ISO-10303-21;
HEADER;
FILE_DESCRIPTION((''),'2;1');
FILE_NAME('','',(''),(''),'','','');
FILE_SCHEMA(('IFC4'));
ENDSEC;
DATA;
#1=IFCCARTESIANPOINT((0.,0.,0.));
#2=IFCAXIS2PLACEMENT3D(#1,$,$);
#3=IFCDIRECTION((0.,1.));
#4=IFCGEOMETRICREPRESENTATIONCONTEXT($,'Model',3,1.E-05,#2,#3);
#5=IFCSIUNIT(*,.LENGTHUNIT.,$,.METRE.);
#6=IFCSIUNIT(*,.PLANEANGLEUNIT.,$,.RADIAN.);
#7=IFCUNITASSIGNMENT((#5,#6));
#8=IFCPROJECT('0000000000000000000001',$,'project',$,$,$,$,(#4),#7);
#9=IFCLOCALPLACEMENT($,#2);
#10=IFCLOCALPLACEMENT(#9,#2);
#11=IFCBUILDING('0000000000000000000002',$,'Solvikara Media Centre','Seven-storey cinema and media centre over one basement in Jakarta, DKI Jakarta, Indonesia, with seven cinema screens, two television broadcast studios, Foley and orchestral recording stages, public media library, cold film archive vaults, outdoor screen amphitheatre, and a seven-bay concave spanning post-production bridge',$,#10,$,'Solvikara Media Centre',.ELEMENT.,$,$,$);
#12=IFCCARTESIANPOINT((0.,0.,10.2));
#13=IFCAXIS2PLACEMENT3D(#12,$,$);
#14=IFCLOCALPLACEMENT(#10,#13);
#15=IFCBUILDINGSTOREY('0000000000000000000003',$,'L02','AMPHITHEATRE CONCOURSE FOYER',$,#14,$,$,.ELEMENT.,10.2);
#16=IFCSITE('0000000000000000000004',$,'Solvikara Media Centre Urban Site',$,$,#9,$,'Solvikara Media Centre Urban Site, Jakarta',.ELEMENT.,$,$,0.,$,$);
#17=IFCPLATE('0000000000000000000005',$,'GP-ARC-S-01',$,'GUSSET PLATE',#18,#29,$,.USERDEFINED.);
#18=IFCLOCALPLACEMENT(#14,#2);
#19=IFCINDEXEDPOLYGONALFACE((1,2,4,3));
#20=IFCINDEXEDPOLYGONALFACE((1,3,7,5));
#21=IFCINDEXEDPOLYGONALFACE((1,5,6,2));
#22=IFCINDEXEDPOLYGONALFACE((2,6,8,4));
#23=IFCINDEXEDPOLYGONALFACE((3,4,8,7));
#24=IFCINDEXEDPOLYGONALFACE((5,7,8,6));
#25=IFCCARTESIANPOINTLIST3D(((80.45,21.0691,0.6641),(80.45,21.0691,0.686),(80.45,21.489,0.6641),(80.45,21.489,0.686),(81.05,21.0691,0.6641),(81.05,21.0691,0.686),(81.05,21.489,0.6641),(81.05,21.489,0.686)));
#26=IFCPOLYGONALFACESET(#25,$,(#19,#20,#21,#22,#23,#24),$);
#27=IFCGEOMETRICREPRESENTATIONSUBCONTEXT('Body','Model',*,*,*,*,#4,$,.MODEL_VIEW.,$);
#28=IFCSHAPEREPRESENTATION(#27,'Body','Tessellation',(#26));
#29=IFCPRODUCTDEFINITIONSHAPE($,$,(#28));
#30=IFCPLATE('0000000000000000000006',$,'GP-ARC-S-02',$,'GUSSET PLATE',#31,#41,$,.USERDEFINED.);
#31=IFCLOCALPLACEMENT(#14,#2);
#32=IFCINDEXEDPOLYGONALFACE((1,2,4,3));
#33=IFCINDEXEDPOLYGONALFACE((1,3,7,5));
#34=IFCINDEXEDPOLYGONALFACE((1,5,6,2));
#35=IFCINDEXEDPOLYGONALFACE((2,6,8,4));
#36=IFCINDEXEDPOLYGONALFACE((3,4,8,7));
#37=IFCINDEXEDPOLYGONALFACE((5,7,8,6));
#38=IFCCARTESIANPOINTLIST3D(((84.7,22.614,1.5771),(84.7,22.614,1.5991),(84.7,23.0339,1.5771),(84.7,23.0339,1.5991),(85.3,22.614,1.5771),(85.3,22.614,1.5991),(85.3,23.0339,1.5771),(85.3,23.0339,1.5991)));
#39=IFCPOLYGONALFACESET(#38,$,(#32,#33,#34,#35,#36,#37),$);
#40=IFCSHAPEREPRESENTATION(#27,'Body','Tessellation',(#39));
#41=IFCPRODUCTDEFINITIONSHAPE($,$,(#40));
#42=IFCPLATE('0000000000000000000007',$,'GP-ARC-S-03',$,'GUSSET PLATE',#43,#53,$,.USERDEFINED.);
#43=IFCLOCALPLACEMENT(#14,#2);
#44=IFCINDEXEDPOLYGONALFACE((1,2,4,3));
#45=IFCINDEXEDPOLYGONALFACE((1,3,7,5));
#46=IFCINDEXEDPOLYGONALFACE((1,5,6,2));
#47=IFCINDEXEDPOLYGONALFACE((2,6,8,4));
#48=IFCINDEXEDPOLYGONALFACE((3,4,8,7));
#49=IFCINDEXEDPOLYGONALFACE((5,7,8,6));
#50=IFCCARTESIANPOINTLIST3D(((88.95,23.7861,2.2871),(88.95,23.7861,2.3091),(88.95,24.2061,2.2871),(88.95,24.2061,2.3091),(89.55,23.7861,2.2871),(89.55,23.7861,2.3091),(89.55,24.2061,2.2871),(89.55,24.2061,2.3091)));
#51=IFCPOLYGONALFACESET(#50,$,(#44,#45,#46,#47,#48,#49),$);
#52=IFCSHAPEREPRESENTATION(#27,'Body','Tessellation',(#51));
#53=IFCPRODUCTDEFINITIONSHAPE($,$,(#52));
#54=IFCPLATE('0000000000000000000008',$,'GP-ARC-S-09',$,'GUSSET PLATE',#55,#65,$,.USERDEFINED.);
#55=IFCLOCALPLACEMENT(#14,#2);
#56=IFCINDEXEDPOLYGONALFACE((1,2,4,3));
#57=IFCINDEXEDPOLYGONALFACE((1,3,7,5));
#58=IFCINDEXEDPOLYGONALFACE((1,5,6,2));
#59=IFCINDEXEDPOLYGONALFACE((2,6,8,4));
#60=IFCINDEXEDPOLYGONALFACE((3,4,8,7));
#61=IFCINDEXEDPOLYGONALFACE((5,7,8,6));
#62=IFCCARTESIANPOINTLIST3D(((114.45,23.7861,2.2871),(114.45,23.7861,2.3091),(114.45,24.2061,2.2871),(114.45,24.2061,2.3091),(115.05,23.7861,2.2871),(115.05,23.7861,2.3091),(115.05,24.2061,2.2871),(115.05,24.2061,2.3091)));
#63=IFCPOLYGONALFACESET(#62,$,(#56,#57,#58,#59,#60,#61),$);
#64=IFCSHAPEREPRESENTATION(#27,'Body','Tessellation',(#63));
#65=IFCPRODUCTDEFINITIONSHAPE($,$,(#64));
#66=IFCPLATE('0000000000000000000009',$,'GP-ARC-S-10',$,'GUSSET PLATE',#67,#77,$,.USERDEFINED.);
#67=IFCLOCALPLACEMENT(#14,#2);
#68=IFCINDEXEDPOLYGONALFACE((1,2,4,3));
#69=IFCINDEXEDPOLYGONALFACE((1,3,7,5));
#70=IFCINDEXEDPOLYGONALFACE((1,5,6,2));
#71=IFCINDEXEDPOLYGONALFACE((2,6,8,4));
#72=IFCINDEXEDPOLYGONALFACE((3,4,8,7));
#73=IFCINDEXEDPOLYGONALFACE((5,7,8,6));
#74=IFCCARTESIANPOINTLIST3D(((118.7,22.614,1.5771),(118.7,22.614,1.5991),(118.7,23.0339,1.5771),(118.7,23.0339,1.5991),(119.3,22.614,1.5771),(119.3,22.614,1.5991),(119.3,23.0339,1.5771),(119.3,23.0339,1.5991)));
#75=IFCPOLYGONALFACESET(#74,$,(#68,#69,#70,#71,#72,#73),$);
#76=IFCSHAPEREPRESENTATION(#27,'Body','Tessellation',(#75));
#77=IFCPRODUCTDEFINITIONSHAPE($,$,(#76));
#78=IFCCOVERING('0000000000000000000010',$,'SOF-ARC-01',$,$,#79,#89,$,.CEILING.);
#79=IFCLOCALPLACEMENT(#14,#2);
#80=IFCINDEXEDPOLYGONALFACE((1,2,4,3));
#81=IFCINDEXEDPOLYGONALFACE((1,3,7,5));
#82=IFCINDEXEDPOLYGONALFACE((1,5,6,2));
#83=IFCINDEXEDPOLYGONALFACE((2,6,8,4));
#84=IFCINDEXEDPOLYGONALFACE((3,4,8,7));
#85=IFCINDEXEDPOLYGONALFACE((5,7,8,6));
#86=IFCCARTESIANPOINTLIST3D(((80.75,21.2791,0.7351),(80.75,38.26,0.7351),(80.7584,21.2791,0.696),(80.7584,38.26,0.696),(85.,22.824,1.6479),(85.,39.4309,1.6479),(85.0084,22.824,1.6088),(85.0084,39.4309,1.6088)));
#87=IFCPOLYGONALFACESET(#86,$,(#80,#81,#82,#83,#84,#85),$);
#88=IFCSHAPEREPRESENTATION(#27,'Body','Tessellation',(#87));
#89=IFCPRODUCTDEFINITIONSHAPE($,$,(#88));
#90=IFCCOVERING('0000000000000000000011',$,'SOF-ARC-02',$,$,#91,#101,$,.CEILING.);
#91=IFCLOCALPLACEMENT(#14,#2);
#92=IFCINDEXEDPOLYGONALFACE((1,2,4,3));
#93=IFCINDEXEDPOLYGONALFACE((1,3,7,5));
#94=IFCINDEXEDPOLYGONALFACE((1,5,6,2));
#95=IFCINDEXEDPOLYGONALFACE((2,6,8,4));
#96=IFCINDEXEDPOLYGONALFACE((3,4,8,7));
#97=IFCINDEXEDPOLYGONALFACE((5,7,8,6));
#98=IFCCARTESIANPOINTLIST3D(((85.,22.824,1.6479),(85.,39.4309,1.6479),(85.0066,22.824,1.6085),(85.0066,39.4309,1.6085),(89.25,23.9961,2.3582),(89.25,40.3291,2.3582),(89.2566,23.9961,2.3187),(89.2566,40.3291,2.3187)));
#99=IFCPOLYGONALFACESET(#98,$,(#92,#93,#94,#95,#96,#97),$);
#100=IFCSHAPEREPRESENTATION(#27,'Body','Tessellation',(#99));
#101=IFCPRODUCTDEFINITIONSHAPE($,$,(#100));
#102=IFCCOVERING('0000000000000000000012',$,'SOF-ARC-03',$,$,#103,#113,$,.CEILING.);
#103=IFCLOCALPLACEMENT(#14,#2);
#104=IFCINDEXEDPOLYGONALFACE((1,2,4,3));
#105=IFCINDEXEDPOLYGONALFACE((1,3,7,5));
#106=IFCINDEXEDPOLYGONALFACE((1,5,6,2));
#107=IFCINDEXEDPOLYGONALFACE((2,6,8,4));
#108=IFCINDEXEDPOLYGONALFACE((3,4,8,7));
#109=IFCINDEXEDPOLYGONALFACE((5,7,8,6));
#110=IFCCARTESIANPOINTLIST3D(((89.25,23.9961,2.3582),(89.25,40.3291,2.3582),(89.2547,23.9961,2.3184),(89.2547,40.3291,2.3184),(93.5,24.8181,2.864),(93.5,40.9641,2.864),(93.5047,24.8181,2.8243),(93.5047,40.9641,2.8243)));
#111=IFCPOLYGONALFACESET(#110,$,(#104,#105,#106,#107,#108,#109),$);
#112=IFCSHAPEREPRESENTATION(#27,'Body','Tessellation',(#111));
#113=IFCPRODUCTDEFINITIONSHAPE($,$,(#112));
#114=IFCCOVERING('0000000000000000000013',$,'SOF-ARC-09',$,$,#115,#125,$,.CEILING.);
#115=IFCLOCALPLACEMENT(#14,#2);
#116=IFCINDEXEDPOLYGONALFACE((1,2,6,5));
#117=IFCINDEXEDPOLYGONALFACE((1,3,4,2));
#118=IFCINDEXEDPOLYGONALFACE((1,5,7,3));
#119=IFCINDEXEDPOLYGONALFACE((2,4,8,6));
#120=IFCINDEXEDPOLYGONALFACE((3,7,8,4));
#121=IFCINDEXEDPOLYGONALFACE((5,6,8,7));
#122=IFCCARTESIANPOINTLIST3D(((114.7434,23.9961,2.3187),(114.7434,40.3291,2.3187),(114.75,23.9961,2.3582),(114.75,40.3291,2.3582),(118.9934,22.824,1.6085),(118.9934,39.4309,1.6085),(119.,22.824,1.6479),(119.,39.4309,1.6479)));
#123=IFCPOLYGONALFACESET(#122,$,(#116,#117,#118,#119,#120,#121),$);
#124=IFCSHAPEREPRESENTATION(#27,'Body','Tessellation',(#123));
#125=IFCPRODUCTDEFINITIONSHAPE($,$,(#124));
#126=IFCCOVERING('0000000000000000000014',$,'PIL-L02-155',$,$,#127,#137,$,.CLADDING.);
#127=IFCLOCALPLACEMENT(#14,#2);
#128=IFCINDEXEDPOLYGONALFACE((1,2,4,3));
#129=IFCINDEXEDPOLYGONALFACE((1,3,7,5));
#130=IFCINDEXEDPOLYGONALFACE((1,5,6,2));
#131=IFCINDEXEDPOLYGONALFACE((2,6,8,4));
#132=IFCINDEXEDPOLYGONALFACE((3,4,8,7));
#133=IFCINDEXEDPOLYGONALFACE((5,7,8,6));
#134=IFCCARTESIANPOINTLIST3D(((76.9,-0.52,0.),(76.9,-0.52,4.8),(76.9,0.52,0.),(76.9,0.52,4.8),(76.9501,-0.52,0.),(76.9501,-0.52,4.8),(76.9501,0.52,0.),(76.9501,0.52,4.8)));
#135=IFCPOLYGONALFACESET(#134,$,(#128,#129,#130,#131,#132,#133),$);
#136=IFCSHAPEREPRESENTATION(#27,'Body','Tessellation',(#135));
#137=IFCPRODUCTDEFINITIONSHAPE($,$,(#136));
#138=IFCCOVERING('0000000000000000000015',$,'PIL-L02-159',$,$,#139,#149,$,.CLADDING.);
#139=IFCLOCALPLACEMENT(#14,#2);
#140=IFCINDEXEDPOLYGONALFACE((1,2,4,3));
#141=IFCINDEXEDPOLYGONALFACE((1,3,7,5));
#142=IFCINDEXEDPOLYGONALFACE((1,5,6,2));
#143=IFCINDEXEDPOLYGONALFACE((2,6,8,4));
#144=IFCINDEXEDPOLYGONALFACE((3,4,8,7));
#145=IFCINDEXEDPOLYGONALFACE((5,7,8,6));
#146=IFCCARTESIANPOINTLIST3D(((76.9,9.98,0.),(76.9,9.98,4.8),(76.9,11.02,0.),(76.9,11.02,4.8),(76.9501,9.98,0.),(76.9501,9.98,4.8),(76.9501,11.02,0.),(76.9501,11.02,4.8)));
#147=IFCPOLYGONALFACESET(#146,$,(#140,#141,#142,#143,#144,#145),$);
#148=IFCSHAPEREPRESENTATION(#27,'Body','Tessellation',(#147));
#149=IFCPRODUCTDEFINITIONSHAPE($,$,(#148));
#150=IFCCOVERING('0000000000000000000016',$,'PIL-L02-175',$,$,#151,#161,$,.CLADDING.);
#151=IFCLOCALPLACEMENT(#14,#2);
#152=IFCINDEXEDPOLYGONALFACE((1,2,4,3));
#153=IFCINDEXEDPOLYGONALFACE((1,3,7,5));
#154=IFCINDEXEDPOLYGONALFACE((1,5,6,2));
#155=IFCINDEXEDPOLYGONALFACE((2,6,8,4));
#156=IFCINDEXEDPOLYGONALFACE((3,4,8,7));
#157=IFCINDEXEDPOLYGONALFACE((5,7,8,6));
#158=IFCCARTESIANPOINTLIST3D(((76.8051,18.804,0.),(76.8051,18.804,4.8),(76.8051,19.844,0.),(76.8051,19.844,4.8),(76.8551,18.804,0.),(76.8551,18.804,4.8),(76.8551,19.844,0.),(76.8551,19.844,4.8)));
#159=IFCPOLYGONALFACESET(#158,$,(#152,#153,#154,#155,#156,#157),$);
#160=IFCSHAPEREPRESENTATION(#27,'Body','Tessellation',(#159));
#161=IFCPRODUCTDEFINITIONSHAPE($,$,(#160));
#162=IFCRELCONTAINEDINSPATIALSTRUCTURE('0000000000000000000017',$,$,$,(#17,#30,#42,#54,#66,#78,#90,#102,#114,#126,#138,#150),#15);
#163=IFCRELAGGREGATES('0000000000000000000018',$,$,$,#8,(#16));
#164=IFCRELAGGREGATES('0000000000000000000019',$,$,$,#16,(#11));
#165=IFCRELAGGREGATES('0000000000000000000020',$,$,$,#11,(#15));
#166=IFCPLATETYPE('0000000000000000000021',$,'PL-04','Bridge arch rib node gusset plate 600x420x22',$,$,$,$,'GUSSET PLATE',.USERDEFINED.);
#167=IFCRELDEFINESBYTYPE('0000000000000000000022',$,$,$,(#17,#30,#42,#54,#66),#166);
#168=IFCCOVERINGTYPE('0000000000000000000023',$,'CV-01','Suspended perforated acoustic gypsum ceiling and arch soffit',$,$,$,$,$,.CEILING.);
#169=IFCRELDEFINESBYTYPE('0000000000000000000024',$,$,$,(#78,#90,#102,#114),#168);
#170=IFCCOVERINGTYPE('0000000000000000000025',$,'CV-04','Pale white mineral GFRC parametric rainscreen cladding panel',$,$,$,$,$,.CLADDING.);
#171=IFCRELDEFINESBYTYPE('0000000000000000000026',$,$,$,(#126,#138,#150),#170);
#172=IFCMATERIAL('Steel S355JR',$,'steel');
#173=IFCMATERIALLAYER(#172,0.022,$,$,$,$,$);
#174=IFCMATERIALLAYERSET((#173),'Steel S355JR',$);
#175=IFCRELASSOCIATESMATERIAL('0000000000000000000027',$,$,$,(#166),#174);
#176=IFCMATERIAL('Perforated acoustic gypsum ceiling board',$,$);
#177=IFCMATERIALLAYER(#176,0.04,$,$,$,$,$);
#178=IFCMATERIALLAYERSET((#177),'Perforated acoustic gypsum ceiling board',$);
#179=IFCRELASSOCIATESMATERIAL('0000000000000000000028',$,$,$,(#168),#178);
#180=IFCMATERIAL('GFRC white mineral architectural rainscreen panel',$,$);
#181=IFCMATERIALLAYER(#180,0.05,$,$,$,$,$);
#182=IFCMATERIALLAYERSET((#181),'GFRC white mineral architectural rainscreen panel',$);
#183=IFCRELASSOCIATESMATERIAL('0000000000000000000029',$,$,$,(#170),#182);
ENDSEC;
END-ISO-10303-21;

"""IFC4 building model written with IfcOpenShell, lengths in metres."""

from ifc_helpers import new_model, si_unit, direction, frame, origin, origin_2d, place, context, subcontext, project, spatial, polyline, rectangle, outline, extrude, material, layer, layer_set, type_object, element, save


model = new_model("IFC4")

# Units and contexts
model_context = context("Model", 3, precision=1e-05, world=origin(), true_north=direction((0.0, 1.0)))
body_context = subcontext(model_context, "Body", "Model", "MODEL_VIEW")
ifc_project = project(units=[si_unit("LENGTHUNIT", "METRE"), si_unit("PLANEANGLEUNIT", "RADIAN")], contexts=[model_context])

# Site, building, storey
site_placement = place(None, origin())
site = spatial("IfcSite", under=ifc_project, at=site_placement, Name="Solvikara Media Centre Urban Site", LongName="Solvikara Media Centre Urban Site, Jakarta", CompositionType="ELEMENT", RefElevation=0.0)
building_placement = place(site_placement, origin())
building = spatial("IfcBuilding", under=site, at=building_placement, Name="Solvikara Media Centre", Description="Seven-storey cinema and media centre over one basement in Jakarta, DKI Jakarta, Indonesia, with seven cinema screens, two television broadcast studios, Foley and orchestral recording stages, public media library, cold film archive vaults, outdoor screen amphitheatre, and a seven-bay concave spanning post-production bridge", LongName="Solvikara Media Centre", CompositionType="ELEMENT")
storey_placement = place(building_placement, frame((0.0, 0.0, 10.2)))
storey = spatial("IfcBuildingStorey", under=building, at=storey_placement, Name="L02", Description="AMPHITHEATRE CONCOURSE FOYER", CompositionType="ELEMENT", Elevation=10.2)

# Shared definitions
ifc_material_1 = material(Name="Steel S355JR", Category="steel")

# Plates
ifc_layer_1 = layer(ifc_material_1, 0.022)
ifc_layer_set_1 = layer_set([ifc_layer_1], Name="Steel S355JR")
plate_type = type_object("IfcPlateType", Name="PL-04", Description="Bridge arch rib node gusset plate 600x420x22", ElementType="GUSSET PLATE", PredefinedType="USERDEFINED", material=ifc_layer_set_1)
for number, where, z_axis, x_axis, name in (
    (1, (80.75, 21.2791, 0.6641), (0.0, 0.0, 1.0), (1.0, 0.0, 0.0), "GP-ARC-S-01"),
    (2, (85.0, 22.824, 1.5771), (0.0, 0.0, 1.0), (1.0, 0.0, 0.0), "GP-ARC-S-02"),
    (3, (89.25, 23.9961, 2.2871), (0.0, 0.0, 1.0), (1.0, 0.0, 0.0), "GP-ARC-S-03"),
    (4, (114.75, 23.9961, 2.2871), (0.0, 0.0, 1.0), (1.0, 0.0, 0.0), "GP-ARC-S-09"),
    (5, (119.0, 22.824, 1.5771), (0.0, 0.0, 1.0), (1.0, 0.0, 0.0), "GP-ARC-S-10"),
):
    element("IfcPlate", number, at=place(storey_placement, frame(where, z_axis=z_axis, x_axis=x_axis)), inside=storey, type_object=plate_type, Name=name, ObjectType="GUSSET PLATE", PredefinedType="USERDEFINED", context=body_context, shape_type="SweptSolid", body=[
        extrude(rectangle(XDim=0.6001, YDim=0.4199, at=origin_2d()), origin(), (0.0, 0.0, 1.0), 0.022),
    ])

# Coverings
ifc_material_2 = material(Name="Perforated acoustic gypsum ceiling board")
ifc_layer_2 = layer(ifc_material_2, 0.04)
ifc_layer_set_2 = layer_set([ifc_layer_2], Name="Perforated acoustic gypsum ceiling board")
covering_type_1 = type_object("IfcCoveringType", Name="CV-01", Description="Suspended perforated acoustic gypsum ceiling and arch soffit", PredefinedType="CEILING", material=ifc_layer_set_2)
covering_1_placement = place(storey_placement, frame((80.75, 21.2791, 0.7351), z_axis=(-0.209997, 0.0, 0.977702), x_axis=(0.921249, 0.334884, 0.197872)))
element("IfcCovering", 6, at=covering_1_placement, inside=storey, type_object=covering_type_1, Name="SOF-ARC-01", PredefinedType="CEILING", context=body_context, shape_type="SweptSolid", body=[
    extrude(outline(polyline([(0.0, 0.0), (4.6133, 0.0), (10.1747, 15.648), (5.6867, 16.0005), (0.0, 0.0)])), origin(), (0.0, 0.0, -1.0), 0.04),
])
covering_2_placement = place(storey_placement, frame((85.0, 22.824, 1.6479), z_axis=(-0.164822, 0.0, 0.986323), x_axis=(0.95174, 0.262483, 0.159042)))
element("IfcCovering", 7, at=covering_2_placement, inside=storey, type_object=covering_type_1, Name="SOF-ARC-02", PredefinedType="CEILING", context=body_context, shape_type="SweptSolid", body=[
    extrude(outline(polyline([(0.0, 0.0), (4.4655, 0.0), (8.7526, 15.7603), (4.359, 16.0246), (0.0, 0.0)])), origin(), (0.0, 0.0, -1.0), 0.04),
])
covering_3_placement = place(storey_placement, frame((89.25, 23.9961, 2.3582), z_axis=(-0.118191, 0.0, 0.992991), x_axis=(0.975168, 0.188614, 0.11607)))
element("IfcCovering", 8, at=covering_3_placement, inside=storey, type_object=covering_type_1, Name="SOF-ARC-03", PredefinedType="CEILING", context=body_context, shape_type="SweptSolid", body=[
    extrude(outline(polyline([(0.0, 0.0), (4.3582, 0.0), (7.4036, 15.8562), (3.0806, 16.0399), (0.0, 0.0)])), origin(), (0.0, 0.0, -1.0), 0.04),
])
covering_4_placement = place(storey_placement, frame((114.75, 23.9961, 2.3582), z_axis=(0.164822, 0.0, 0.986323), x_axis=(0.95174, -0.262483, -0.159042)))
element("IfcCovering", 9, at=covering_4_placement, inside=storey, type_object=covering_type_1, Name="SOF-ARC-09", PredefinedType="CEILING", context=body_context, shape_type="SweptSolid", body=[
    extrude(outline(polyline([(0.0, 0.0), (4.4655, 0.0), (0.1065, 16.0246), (-4.2871, 15.7603), (0.0, 0.0)])), origin(), (0.0, 0.0, -1.0), 0.04),
])
ifc_material_3 = material(Name="GFRC white mineral architectural rainscreen panel")
ifc_layer_3 = layer(ifc_material_3, 0.05)
ifc_layer_set_3 = layer_set([ifc_layer_3], Name="GFRC white mineral architectural rainscreen panel")
covering_type_2 = type_object("IfcCoveringType", Name="CV-04", Description="Pale white mineral GFRC parametric rainscreen cladding panel", PredefinedType="CLADDING", material=ifc_layer_set_3)
for number, where, z_axis, x_axis, name in (
    (10, (76.925, 0.0, 0.0), (0.0, 0.0, 1.0), (0.0, 1.0, 0.0), "PIL-L02-155"),
    (11, (76.925, 10.5, 0.0), (0.0, 0.0, 1.0), (0.0, 1.0, 0.0), "PIL-L02-159"),
    (12, (76.8301, 19.324, 0.0), (0.0, 0.0, 1.0), (0.0, 1.0, 0.0), "PIL-L02-175"),
):
    element("IfcCovering", number, at=place(storey_placement, frame(where, z_axis=z_axis, x_axis=x_axis)), inside=storey, type_object=covering_type_2, Name=name, PredefinedType="CLADDING", context=body_context, shape_type="SweptSolid", body=[
        extrude(rectangle(XDim=1.04, YDim=0.05, at=origin_2d()), origin(), (0.0, 0.0, 1.0), 4.8),
    ])

save(model, "model.ifc")
